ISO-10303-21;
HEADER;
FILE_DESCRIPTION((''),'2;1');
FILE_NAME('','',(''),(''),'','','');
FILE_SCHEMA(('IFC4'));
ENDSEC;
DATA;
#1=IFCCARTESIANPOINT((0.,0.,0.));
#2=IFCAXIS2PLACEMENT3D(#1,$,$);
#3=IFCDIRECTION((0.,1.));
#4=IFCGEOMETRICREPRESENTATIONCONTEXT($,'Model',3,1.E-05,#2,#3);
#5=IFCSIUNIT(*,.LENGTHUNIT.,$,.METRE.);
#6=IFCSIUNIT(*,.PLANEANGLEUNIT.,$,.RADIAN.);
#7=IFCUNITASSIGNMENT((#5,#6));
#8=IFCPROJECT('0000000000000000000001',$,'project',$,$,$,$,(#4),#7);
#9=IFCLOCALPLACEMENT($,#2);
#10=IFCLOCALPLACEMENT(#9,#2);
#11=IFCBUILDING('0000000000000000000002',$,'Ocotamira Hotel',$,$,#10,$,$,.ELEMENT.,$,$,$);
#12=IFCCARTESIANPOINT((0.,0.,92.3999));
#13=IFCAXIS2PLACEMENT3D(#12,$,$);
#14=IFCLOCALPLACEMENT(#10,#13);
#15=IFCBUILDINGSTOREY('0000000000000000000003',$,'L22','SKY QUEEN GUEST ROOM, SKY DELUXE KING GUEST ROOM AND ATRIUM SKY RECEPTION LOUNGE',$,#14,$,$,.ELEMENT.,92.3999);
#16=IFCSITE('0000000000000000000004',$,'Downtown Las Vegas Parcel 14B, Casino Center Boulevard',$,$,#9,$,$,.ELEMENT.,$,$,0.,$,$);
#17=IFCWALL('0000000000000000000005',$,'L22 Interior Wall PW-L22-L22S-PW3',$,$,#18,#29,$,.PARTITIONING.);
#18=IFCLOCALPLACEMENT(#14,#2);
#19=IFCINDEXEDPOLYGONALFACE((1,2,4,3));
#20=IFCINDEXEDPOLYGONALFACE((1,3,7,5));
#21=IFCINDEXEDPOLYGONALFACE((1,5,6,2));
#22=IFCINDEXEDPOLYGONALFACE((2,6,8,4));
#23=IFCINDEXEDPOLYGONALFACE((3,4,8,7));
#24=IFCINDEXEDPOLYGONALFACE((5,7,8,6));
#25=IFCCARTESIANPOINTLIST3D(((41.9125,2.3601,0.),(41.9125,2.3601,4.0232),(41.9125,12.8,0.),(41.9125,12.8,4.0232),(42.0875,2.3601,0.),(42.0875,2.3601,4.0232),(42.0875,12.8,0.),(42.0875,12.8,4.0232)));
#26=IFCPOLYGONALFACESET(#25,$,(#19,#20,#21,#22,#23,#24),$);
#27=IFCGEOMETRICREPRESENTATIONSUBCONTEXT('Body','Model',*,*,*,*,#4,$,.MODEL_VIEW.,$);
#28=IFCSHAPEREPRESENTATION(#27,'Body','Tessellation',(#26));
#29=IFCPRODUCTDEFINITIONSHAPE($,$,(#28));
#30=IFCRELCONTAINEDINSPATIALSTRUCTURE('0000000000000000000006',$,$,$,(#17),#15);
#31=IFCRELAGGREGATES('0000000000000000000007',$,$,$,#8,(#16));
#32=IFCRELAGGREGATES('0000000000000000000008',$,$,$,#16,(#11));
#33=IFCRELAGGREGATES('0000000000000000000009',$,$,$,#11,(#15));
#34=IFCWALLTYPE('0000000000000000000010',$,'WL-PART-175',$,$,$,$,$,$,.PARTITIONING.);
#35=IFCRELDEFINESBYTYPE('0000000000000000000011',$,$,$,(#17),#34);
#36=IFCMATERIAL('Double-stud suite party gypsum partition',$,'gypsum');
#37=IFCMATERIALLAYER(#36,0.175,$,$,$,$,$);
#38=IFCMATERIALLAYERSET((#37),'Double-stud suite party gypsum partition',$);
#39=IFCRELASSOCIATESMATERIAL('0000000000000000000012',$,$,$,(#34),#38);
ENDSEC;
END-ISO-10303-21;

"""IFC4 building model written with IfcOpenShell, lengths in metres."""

from ifc_helpers import new_model, si_unit, direction, frame, frame_2d, origin, place, context, subcontext, project, spatial, rectangle, extrude, material, layer, layer_set, type_object, element, save


model = new_model("IFC4")

# Units and contexts
model_context = context("Model", 3, precision=1e-05, world=origin(), true_north=direction((0.0, 1.0)))
body_context = subcontext(model_context, "Body", "Model", "MODEL_VIEW")
ifc_project = project(units=[si_unit("LENGTHUNIT", "METRE"), si_unit("PLANEANGLEUNIT", "RADIAN")], contexts=[model_context])

# Site, building, storey
site_placement = place(None, origin())
site = spatial("IfcSite", under=ifc_project, at=site_placement, Name="Downtown Las Vegas Parcel 14B, Casino Center Boulevard", CompositionType="ELEMENT", RefElevation=0.0)
building_placement = place(site_placement, origin())
building = spatial("IfcBuilding", under=site, at=building_placement, Name="Ocotamira Hotel", CompositionType="ELEMENT")
storey_placement = place(building_placement, frame((0.0, 0.0, 92.3999)))
storey = spatial("IfcBuildingStorey", under=building, at=storey_placement, Name="L22", Description="SKY QUEEN GUEST ROOM, SKY DELUXE KING GUEST ROOM AND ATRIUM SKY RECEPTION LOUNGE", CompositionType="ELEMENT", Elevation=92.3999)

# Wall
ifc_material_1 = material(Name="Double-stud suite party gypsum partition", Category="gypsum")
ifc_layer_1 = layer(ifc_material_1, 0.175)
ifc_layer_set_1 = layer_set([ifc_layer_1], Name="Double-stud suite party gypsum partition")
wall_type_1 = type_object("IfcWallType", Name="WL-PART-175", PredefinedType="PARTITIONING", material=ifc_layer_set_1)
wall_1_placement = place(storey_placement, frame((42.0, 2.3601, 0.0), z_axis=(0.0, 0.0, 1.0), x_axis=(0.0, 1.0, 0.0)))
element("IfcWall", 1, at=wall_1_placement, inside=storey, type_object=wall_type_1, Name="L22 Interior Wall PW-L22-L22S-PW3", PredefinedType="PARTITIONING", context=body_context, shape_type="SweptSolid", body=[
    extrude(rectangle(XDim=10.4399, YDim=0.175, at=frame_2d((5.22, 0.0))), origin(), (0.0, 0.0, 1.0), 4.0232),
])

save(model, "model.ifc")
